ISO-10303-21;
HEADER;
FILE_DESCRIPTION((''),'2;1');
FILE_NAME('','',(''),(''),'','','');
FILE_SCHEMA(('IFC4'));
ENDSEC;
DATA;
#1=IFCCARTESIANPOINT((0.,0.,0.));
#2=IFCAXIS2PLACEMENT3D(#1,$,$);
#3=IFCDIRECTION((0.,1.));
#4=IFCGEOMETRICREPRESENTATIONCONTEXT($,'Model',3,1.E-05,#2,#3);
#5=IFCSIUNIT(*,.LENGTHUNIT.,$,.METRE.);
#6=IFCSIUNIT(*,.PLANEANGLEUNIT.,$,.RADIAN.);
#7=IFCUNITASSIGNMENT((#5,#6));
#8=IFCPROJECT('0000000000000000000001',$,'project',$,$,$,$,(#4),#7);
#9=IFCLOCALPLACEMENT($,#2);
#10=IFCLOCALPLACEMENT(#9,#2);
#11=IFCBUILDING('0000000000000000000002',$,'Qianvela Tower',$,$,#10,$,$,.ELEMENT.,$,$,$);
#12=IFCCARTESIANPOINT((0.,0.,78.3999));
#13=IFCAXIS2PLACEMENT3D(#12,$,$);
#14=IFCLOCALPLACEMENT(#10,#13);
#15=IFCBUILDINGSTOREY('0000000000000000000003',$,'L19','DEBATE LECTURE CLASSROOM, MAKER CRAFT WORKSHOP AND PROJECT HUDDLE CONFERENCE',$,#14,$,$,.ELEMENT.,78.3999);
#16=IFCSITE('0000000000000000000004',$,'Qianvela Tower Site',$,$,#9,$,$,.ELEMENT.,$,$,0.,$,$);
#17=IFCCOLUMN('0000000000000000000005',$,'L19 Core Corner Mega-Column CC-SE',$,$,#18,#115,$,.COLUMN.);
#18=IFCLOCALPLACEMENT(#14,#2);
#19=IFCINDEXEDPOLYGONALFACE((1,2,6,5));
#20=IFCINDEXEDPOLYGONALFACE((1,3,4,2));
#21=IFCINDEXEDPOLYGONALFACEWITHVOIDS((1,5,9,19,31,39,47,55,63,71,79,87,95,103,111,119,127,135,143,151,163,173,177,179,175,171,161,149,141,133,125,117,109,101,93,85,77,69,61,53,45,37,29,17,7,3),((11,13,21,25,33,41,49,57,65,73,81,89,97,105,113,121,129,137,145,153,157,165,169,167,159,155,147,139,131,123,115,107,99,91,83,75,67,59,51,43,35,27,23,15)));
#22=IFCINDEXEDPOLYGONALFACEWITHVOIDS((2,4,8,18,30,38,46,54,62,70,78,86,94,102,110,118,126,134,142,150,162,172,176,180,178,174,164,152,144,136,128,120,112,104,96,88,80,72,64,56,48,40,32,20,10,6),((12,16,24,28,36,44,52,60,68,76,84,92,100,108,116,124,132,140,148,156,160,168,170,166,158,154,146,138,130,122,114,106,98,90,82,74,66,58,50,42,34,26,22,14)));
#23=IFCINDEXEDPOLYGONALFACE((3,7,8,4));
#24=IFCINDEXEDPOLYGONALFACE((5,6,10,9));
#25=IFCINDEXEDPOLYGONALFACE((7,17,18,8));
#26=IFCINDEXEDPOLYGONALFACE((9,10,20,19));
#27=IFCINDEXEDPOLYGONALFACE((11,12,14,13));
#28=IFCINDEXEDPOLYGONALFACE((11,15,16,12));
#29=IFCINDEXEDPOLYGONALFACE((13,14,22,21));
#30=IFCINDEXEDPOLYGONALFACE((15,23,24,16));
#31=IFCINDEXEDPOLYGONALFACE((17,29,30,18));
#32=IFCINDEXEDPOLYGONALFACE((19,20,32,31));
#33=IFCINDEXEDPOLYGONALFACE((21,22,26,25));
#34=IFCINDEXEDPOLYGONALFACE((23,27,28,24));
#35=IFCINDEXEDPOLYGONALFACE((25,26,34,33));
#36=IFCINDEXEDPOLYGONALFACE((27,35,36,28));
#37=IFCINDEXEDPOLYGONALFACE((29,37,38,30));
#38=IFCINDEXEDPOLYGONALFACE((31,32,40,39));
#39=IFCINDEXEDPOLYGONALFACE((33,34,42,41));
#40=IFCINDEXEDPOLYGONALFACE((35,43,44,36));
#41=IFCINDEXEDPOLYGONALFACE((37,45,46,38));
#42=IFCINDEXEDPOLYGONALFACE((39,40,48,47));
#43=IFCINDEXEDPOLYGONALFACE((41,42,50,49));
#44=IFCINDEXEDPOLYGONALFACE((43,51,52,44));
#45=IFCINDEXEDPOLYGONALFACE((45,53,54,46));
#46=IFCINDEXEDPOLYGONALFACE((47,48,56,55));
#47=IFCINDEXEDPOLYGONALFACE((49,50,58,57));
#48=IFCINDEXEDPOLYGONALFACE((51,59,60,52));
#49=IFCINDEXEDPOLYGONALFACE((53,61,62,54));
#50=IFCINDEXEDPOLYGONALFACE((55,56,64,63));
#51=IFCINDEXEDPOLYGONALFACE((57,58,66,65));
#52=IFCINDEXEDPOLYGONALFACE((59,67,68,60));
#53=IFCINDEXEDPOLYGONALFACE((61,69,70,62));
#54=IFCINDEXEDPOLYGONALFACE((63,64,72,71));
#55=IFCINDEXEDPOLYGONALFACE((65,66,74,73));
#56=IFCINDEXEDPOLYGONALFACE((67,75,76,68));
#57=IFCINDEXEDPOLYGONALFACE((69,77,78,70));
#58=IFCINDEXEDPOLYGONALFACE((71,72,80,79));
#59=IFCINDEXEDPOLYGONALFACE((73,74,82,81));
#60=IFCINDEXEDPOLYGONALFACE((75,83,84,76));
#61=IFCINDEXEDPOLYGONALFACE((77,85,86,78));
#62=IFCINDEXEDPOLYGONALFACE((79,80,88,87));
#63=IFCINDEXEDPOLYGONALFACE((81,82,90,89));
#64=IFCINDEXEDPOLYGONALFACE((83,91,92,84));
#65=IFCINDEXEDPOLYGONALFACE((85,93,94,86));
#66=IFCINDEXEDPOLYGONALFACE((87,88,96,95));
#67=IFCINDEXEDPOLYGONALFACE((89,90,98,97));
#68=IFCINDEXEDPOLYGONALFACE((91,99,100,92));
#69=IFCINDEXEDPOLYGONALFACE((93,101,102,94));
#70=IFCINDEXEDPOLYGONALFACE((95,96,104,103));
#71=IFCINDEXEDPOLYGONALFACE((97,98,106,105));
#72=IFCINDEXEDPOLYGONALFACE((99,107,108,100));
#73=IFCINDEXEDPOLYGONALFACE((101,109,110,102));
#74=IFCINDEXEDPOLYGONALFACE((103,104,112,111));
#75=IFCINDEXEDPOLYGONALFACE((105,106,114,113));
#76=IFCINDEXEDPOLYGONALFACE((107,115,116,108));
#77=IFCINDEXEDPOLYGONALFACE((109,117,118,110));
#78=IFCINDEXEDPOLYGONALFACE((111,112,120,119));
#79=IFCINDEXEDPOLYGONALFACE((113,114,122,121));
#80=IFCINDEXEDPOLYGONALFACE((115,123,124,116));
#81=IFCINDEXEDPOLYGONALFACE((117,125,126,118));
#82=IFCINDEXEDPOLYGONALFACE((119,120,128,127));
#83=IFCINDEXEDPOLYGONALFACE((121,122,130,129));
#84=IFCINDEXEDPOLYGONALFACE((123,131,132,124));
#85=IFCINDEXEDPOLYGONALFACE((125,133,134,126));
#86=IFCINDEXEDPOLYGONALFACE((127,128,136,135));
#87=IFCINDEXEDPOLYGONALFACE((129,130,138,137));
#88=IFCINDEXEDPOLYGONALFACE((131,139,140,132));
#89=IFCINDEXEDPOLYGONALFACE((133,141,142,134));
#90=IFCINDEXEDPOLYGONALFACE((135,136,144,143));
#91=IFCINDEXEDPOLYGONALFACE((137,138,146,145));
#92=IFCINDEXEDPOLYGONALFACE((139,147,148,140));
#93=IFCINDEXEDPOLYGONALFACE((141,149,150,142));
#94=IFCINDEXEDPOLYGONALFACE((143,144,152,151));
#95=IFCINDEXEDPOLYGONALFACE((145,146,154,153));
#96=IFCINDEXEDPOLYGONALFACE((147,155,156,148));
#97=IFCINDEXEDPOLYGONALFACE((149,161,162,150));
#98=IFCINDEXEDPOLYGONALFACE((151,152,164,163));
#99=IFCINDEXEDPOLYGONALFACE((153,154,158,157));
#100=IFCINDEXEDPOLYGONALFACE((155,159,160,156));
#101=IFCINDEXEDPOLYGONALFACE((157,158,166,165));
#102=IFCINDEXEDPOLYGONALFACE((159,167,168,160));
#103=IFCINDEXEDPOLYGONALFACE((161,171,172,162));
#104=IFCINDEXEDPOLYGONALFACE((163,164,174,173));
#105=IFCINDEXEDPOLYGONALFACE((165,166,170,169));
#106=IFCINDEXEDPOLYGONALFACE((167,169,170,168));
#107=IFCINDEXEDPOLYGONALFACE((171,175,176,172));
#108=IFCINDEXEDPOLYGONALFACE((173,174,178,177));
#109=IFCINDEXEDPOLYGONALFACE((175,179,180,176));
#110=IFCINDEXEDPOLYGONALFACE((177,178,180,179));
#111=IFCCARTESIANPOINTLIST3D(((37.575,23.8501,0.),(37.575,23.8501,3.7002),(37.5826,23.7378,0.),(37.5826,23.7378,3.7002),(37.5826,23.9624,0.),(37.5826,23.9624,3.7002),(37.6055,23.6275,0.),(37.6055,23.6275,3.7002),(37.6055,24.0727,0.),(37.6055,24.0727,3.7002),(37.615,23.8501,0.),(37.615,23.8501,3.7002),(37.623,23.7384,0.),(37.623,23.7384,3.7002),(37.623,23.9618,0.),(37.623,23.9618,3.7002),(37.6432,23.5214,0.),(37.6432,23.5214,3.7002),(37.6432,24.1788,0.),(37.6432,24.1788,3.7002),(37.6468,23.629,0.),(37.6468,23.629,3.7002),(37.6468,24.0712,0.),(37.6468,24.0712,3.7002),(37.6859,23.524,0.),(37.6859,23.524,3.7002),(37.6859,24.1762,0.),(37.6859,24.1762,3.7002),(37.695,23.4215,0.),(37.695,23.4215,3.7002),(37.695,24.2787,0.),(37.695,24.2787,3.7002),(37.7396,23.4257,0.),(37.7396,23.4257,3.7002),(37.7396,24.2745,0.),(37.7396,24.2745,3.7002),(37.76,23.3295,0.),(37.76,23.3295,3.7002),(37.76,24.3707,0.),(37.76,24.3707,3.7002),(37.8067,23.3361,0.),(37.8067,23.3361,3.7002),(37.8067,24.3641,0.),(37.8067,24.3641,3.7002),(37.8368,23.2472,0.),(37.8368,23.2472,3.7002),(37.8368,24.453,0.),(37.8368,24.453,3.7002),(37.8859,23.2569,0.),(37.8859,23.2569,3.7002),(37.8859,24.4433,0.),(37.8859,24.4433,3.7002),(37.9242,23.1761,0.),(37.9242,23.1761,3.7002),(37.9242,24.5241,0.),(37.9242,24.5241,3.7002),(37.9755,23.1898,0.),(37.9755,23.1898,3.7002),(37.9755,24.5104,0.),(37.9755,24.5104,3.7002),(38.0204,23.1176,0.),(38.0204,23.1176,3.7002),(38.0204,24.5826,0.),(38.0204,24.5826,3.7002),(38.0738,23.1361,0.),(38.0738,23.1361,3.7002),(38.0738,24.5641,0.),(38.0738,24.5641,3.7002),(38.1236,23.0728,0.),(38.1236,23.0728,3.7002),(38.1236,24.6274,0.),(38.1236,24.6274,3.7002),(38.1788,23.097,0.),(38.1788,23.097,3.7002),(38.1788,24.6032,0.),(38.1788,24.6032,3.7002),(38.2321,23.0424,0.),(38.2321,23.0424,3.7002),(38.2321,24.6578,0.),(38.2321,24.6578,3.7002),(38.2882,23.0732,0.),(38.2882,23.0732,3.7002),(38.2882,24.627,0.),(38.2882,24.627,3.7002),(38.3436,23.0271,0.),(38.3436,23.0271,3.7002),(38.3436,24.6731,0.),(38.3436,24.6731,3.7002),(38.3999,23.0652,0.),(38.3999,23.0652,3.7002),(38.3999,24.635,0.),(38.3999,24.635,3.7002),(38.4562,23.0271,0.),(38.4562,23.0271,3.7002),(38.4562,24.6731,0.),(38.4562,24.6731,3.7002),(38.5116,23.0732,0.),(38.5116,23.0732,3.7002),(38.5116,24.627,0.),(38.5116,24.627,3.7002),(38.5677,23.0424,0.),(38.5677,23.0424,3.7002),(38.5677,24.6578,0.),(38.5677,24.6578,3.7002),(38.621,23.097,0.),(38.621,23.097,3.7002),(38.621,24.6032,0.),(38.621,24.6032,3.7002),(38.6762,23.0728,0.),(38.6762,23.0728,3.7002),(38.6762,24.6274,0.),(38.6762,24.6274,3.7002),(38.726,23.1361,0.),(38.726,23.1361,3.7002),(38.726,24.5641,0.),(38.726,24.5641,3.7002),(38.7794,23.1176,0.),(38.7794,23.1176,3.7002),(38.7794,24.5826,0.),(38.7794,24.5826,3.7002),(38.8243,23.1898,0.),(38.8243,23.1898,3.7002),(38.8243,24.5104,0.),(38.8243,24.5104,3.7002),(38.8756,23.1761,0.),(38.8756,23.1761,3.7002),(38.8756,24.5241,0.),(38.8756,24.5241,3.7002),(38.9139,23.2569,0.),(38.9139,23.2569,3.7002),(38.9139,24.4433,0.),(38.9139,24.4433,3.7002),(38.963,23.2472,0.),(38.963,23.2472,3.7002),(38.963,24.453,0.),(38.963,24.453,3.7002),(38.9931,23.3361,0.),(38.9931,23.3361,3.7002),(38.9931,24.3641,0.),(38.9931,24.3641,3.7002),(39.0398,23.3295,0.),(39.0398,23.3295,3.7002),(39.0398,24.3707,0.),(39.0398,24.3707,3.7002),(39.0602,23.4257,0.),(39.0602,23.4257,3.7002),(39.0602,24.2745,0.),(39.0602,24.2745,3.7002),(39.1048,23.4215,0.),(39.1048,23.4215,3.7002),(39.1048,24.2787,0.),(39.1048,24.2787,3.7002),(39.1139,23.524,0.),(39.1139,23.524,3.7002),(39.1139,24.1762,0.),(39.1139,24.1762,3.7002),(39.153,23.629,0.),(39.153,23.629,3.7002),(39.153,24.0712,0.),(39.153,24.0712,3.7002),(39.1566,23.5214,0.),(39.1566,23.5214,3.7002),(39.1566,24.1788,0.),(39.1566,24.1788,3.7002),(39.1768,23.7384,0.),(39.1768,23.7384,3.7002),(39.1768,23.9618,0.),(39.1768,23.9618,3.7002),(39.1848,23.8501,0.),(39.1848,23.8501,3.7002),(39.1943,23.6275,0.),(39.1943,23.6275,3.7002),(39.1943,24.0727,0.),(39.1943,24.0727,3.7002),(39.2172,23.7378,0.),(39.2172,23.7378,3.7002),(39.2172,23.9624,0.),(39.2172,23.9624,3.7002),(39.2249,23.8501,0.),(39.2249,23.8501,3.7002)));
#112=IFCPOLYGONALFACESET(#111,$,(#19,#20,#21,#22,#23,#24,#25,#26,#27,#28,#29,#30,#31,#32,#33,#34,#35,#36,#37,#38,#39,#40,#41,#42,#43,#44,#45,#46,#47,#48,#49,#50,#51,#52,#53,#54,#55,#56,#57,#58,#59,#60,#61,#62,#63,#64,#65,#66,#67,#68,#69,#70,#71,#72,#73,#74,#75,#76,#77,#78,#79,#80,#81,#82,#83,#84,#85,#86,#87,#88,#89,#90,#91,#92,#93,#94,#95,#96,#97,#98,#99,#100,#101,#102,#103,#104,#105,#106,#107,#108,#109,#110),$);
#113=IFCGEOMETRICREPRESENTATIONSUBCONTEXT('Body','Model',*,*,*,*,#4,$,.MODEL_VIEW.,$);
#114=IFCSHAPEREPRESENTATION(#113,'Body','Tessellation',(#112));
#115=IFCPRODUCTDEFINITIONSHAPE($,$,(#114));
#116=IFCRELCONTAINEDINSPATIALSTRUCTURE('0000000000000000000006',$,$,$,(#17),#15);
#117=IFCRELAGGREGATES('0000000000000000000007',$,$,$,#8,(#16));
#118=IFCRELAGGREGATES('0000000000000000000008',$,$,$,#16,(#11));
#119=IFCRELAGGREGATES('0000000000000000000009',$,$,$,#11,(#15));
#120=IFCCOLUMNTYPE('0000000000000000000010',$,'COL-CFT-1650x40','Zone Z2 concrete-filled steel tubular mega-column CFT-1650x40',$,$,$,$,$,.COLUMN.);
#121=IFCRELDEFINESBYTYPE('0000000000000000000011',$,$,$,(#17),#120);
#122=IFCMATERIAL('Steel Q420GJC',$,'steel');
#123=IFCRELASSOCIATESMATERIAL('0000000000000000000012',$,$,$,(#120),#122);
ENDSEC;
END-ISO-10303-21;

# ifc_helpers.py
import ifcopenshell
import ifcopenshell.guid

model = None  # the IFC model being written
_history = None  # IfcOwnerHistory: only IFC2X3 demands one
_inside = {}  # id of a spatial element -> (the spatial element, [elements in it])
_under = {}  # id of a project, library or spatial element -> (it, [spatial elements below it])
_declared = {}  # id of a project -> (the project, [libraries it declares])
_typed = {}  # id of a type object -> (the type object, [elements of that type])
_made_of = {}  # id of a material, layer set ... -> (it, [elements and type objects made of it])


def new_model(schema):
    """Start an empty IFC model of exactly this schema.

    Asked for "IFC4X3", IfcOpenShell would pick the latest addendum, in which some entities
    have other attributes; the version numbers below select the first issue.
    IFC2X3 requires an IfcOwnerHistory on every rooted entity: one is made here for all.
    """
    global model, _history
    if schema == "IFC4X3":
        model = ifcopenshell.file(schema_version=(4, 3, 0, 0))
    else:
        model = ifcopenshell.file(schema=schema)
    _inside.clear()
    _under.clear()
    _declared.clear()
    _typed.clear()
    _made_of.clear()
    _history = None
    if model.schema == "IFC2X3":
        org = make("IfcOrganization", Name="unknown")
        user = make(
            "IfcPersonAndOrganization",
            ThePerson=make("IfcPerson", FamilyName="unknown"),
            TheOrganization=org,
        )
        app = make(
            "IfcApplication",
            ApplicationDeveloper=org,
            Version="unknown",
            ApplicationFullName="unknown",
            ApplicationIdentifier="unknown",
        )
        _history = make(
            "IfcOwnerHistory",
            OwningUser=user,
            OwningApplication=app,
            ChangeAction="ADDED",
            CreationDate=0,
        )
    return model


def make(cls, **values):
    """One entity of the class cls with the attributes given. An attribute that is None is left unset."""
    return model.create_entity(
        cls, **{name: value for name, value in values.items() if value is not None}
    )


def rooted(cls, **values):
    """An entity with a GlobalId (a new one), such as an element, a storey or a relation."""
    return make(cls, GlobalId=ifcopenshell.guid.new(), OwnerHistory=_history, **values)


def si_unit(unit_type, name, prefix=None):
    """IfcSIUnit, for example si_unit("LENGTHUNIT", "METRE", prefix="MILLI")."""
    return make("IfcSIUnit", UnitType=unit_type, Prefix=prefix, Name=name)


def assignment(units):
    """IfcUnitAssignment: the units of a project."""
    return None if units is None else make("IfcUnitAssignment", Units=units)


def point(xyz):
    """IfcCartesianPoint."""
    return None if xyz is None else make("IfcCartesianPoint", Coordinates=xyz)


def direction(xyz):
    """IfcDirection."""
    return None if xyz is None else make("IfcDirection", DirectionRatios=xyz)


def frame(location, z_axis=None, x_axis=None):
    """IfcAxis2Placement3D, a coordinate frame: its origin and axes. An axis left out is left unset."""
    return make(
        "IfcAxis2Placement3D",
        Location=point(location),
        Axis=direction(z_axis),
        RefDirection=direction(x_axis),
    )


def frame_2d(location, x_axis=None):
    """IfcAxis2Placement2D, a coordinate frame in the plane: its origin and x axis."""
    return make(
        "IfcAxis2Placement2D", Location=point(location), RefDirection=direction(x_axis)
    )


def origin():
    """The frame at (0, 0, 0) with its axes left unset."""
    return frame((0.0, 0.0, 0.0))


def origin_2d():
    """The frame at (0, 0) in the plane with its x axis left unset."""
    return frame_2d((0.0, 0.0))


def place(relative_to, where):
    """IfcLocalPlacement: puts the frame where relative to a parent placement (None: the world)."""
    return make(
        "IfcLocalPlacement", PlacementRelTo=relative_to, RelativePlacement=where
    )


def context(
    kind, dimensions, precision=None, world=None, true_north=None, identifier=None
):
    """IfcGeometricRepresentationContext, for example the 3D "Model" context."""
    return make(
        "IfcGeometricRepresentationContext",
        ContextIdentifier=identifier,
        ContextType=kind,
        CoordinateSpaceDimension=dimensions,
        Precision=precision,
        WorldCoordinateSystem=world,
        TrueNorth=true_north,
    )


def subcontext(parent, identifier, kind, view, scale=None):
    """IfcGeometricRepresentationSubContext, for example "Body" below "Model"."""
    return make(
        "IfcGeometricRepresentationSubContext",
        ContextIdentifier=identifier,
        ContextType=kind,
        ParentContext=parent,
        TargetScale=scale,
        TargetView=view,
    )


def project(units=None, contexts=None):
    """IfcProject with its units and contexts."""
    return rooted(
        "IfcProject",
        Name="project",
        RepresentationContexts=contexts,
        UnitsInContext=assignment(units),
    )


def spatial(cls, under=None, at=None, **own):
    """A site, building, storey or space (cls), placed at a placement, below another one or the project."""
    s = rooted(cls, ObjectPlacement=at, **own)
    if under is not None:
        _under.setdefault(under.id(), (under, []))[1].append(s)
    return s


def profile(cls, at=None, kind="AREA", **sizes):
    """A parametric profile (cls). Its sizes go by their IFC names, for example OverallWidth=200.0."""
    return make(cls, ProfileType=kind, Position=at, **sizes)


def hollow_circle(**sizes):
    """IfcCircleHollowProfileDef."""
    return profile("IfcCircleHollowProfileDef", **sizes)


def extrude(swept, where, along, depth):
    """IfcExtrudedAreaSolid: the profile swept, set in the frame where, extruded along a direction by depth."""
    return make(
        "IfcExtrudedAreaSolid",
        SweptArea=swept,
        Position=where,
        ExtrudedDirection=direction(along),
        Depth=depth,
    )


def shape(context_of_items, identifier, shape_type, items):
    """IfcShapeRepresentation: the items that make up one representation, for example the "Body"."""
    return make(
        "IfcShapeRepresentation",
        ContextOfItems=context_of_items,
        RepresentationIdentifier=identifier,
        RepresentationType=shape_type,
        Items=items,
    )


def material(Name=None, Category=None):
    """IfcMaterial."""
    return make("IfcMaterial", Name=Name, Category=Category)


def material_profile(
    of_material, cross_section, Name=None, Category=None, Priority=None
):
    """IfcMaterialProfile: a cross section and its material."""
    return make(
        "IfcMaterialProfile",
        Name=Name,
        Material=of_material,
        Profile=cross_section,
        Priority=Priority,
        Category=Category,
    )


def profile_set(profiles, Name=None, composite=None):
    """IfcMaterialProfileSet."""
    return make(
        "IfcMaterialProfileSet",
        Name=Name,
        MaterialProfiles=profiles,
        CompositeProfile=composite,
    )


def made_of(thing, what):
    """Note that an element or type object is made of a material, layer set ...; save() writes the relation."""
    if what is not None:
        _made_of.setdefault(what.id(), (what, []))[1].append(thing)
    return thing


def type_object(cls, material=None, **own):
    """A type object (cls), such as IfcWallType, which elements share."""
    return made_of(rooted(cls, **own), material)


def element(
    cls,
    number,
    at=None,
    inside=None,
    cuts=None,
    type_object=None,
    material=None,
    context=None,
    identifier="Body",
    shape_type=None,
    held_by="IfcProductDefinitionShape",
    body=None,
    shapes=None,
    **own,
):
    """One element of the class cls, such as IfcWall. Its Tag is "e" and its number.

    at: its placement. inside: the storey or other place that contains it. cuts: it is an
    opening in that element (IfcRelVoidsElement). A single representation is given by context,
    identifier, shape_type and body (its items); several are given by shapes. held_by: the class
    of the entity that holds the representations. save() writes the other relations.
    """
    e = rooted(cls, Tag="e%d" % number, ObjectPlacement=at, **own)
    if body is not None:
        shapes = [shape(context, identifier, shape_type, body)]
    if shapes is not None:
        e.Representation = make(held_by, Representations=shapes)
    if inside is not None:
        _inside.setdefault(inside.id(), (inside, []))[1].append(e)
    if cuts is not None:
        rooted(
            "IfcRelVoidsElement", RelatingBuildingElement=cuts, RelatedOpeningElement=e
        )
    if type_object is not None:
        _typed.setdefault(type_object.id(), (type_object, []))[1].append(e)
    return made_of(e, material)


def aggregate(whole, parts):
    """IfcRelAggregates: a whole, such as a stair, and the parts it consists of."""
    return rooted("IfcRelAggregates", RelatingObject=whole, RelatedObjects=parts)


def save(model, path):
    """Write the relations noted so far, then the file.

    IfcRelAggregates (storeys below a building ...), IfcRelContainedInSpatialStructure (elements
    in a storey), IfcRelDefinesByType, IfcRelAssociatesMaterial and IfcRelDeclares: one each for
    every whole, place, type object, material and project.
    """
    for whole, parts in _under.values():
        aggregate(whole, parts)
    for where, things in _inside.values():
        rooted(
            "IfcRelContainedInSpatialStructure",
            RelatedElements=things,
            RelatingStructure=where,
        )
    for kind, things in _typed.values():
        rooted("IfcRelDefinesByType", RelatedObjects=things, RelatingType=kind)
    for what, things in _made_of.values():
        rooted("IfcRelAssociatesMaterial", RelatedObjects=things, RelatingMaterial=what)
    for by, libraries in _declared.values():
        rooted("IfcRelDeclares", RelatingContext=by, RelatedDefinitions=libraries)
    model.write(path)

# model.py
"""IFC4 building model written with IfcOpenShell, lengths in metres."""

from ifc_helpers import new_model, si_unit, direction, frame, origin, origin_2d, place, context, subcontext, project, spatial, hollow_circle, extrude, material, material_profile, profile_set, type_object, element, save


model = new_model("IFC4")

# Units and contexts
model_context = context("Model", 3, precision=1e-05, world=origin(), true_north=direction((0.0, 1.0)))
body_context = subcontext(model_context, "Body", "Model", "MODEL_VIEW")
ifc_project = project(units=[si_unit("LENGTHUNIT", "METRE"), si_unit("PLANEANGLEUNIT", "RADIAN")], contexts=[model_context])

# Site, building, storey
site_placement = place(None, origin())
site = spatial("IfcSite", under=ifc_project, at=site_placement, Name="Qianvela Tower Site", CompositionType="ELEMENT", RefElevation=0.0)
building_placement = place(site_placement, origin())
building = spatial("IfcBuilding", under=site, at=building_placement, Name="Qianvela Tower", CompositionType="ELEMENT")
storey_placement = place(building_placement, frame((0.0, 0.0, 78.3999)))
storey = spatial("IfcBuildingStorey", under=building, at=storey_placement, Name="L19", Description="DEBATE LECTURE CLASSROOM, MAKER CRAFT WORKSHOP AND PROJECT HUDDLE CONFERENCE", CompositionType="ELEMENT", Elevation=78.3999)

# Column
ifc_material_1 = material(Name="Steel Q420GJC", Category="steel")
ifc_material_profile_1 = material_profile(ifc_material_1, hollow_circle(Radius=0.825, WallThickness=0.04, at=origin_2d()), Name="CFT-1650x40")
ifc_profile_set_1 = profile_set([ifc_material_profile_1], Name="Steel Q420GJC")
column_type = type_object("IfcColumnType", Name="COL-CFT-1650x40", Description="Zone Z2 concrete-filled steel tubular mega-column CFT-1650x40", PredefinedType="COLUMN", material=ifc_profile_set_1)
for number, where, z_axis, x_axis, name in (
    (1, (38.3999, 23.8501, 0.0), (0.0, 0.0, 1.0), (1.0, 0.0, 0.0), "L19 Core Corner Mega-Column CC-SE"),
):
    element("IfcColumn", number, at=place(storey_placement, frame(where, z_axis=z_axis, x_axis=x_axis)), inside=storey, type_object=column_type, Name=name, PredefinedType="COLUMN", context=body_context, shape_type="SweptSolid", body=[
        extrude(hollow_circle(Radius=0.825, WallThickness=0.04, at=origin_2d()), origin(), (0.0, 0.0, 1.0), 3.7002),
    ])

save(model, "model.ifc")
